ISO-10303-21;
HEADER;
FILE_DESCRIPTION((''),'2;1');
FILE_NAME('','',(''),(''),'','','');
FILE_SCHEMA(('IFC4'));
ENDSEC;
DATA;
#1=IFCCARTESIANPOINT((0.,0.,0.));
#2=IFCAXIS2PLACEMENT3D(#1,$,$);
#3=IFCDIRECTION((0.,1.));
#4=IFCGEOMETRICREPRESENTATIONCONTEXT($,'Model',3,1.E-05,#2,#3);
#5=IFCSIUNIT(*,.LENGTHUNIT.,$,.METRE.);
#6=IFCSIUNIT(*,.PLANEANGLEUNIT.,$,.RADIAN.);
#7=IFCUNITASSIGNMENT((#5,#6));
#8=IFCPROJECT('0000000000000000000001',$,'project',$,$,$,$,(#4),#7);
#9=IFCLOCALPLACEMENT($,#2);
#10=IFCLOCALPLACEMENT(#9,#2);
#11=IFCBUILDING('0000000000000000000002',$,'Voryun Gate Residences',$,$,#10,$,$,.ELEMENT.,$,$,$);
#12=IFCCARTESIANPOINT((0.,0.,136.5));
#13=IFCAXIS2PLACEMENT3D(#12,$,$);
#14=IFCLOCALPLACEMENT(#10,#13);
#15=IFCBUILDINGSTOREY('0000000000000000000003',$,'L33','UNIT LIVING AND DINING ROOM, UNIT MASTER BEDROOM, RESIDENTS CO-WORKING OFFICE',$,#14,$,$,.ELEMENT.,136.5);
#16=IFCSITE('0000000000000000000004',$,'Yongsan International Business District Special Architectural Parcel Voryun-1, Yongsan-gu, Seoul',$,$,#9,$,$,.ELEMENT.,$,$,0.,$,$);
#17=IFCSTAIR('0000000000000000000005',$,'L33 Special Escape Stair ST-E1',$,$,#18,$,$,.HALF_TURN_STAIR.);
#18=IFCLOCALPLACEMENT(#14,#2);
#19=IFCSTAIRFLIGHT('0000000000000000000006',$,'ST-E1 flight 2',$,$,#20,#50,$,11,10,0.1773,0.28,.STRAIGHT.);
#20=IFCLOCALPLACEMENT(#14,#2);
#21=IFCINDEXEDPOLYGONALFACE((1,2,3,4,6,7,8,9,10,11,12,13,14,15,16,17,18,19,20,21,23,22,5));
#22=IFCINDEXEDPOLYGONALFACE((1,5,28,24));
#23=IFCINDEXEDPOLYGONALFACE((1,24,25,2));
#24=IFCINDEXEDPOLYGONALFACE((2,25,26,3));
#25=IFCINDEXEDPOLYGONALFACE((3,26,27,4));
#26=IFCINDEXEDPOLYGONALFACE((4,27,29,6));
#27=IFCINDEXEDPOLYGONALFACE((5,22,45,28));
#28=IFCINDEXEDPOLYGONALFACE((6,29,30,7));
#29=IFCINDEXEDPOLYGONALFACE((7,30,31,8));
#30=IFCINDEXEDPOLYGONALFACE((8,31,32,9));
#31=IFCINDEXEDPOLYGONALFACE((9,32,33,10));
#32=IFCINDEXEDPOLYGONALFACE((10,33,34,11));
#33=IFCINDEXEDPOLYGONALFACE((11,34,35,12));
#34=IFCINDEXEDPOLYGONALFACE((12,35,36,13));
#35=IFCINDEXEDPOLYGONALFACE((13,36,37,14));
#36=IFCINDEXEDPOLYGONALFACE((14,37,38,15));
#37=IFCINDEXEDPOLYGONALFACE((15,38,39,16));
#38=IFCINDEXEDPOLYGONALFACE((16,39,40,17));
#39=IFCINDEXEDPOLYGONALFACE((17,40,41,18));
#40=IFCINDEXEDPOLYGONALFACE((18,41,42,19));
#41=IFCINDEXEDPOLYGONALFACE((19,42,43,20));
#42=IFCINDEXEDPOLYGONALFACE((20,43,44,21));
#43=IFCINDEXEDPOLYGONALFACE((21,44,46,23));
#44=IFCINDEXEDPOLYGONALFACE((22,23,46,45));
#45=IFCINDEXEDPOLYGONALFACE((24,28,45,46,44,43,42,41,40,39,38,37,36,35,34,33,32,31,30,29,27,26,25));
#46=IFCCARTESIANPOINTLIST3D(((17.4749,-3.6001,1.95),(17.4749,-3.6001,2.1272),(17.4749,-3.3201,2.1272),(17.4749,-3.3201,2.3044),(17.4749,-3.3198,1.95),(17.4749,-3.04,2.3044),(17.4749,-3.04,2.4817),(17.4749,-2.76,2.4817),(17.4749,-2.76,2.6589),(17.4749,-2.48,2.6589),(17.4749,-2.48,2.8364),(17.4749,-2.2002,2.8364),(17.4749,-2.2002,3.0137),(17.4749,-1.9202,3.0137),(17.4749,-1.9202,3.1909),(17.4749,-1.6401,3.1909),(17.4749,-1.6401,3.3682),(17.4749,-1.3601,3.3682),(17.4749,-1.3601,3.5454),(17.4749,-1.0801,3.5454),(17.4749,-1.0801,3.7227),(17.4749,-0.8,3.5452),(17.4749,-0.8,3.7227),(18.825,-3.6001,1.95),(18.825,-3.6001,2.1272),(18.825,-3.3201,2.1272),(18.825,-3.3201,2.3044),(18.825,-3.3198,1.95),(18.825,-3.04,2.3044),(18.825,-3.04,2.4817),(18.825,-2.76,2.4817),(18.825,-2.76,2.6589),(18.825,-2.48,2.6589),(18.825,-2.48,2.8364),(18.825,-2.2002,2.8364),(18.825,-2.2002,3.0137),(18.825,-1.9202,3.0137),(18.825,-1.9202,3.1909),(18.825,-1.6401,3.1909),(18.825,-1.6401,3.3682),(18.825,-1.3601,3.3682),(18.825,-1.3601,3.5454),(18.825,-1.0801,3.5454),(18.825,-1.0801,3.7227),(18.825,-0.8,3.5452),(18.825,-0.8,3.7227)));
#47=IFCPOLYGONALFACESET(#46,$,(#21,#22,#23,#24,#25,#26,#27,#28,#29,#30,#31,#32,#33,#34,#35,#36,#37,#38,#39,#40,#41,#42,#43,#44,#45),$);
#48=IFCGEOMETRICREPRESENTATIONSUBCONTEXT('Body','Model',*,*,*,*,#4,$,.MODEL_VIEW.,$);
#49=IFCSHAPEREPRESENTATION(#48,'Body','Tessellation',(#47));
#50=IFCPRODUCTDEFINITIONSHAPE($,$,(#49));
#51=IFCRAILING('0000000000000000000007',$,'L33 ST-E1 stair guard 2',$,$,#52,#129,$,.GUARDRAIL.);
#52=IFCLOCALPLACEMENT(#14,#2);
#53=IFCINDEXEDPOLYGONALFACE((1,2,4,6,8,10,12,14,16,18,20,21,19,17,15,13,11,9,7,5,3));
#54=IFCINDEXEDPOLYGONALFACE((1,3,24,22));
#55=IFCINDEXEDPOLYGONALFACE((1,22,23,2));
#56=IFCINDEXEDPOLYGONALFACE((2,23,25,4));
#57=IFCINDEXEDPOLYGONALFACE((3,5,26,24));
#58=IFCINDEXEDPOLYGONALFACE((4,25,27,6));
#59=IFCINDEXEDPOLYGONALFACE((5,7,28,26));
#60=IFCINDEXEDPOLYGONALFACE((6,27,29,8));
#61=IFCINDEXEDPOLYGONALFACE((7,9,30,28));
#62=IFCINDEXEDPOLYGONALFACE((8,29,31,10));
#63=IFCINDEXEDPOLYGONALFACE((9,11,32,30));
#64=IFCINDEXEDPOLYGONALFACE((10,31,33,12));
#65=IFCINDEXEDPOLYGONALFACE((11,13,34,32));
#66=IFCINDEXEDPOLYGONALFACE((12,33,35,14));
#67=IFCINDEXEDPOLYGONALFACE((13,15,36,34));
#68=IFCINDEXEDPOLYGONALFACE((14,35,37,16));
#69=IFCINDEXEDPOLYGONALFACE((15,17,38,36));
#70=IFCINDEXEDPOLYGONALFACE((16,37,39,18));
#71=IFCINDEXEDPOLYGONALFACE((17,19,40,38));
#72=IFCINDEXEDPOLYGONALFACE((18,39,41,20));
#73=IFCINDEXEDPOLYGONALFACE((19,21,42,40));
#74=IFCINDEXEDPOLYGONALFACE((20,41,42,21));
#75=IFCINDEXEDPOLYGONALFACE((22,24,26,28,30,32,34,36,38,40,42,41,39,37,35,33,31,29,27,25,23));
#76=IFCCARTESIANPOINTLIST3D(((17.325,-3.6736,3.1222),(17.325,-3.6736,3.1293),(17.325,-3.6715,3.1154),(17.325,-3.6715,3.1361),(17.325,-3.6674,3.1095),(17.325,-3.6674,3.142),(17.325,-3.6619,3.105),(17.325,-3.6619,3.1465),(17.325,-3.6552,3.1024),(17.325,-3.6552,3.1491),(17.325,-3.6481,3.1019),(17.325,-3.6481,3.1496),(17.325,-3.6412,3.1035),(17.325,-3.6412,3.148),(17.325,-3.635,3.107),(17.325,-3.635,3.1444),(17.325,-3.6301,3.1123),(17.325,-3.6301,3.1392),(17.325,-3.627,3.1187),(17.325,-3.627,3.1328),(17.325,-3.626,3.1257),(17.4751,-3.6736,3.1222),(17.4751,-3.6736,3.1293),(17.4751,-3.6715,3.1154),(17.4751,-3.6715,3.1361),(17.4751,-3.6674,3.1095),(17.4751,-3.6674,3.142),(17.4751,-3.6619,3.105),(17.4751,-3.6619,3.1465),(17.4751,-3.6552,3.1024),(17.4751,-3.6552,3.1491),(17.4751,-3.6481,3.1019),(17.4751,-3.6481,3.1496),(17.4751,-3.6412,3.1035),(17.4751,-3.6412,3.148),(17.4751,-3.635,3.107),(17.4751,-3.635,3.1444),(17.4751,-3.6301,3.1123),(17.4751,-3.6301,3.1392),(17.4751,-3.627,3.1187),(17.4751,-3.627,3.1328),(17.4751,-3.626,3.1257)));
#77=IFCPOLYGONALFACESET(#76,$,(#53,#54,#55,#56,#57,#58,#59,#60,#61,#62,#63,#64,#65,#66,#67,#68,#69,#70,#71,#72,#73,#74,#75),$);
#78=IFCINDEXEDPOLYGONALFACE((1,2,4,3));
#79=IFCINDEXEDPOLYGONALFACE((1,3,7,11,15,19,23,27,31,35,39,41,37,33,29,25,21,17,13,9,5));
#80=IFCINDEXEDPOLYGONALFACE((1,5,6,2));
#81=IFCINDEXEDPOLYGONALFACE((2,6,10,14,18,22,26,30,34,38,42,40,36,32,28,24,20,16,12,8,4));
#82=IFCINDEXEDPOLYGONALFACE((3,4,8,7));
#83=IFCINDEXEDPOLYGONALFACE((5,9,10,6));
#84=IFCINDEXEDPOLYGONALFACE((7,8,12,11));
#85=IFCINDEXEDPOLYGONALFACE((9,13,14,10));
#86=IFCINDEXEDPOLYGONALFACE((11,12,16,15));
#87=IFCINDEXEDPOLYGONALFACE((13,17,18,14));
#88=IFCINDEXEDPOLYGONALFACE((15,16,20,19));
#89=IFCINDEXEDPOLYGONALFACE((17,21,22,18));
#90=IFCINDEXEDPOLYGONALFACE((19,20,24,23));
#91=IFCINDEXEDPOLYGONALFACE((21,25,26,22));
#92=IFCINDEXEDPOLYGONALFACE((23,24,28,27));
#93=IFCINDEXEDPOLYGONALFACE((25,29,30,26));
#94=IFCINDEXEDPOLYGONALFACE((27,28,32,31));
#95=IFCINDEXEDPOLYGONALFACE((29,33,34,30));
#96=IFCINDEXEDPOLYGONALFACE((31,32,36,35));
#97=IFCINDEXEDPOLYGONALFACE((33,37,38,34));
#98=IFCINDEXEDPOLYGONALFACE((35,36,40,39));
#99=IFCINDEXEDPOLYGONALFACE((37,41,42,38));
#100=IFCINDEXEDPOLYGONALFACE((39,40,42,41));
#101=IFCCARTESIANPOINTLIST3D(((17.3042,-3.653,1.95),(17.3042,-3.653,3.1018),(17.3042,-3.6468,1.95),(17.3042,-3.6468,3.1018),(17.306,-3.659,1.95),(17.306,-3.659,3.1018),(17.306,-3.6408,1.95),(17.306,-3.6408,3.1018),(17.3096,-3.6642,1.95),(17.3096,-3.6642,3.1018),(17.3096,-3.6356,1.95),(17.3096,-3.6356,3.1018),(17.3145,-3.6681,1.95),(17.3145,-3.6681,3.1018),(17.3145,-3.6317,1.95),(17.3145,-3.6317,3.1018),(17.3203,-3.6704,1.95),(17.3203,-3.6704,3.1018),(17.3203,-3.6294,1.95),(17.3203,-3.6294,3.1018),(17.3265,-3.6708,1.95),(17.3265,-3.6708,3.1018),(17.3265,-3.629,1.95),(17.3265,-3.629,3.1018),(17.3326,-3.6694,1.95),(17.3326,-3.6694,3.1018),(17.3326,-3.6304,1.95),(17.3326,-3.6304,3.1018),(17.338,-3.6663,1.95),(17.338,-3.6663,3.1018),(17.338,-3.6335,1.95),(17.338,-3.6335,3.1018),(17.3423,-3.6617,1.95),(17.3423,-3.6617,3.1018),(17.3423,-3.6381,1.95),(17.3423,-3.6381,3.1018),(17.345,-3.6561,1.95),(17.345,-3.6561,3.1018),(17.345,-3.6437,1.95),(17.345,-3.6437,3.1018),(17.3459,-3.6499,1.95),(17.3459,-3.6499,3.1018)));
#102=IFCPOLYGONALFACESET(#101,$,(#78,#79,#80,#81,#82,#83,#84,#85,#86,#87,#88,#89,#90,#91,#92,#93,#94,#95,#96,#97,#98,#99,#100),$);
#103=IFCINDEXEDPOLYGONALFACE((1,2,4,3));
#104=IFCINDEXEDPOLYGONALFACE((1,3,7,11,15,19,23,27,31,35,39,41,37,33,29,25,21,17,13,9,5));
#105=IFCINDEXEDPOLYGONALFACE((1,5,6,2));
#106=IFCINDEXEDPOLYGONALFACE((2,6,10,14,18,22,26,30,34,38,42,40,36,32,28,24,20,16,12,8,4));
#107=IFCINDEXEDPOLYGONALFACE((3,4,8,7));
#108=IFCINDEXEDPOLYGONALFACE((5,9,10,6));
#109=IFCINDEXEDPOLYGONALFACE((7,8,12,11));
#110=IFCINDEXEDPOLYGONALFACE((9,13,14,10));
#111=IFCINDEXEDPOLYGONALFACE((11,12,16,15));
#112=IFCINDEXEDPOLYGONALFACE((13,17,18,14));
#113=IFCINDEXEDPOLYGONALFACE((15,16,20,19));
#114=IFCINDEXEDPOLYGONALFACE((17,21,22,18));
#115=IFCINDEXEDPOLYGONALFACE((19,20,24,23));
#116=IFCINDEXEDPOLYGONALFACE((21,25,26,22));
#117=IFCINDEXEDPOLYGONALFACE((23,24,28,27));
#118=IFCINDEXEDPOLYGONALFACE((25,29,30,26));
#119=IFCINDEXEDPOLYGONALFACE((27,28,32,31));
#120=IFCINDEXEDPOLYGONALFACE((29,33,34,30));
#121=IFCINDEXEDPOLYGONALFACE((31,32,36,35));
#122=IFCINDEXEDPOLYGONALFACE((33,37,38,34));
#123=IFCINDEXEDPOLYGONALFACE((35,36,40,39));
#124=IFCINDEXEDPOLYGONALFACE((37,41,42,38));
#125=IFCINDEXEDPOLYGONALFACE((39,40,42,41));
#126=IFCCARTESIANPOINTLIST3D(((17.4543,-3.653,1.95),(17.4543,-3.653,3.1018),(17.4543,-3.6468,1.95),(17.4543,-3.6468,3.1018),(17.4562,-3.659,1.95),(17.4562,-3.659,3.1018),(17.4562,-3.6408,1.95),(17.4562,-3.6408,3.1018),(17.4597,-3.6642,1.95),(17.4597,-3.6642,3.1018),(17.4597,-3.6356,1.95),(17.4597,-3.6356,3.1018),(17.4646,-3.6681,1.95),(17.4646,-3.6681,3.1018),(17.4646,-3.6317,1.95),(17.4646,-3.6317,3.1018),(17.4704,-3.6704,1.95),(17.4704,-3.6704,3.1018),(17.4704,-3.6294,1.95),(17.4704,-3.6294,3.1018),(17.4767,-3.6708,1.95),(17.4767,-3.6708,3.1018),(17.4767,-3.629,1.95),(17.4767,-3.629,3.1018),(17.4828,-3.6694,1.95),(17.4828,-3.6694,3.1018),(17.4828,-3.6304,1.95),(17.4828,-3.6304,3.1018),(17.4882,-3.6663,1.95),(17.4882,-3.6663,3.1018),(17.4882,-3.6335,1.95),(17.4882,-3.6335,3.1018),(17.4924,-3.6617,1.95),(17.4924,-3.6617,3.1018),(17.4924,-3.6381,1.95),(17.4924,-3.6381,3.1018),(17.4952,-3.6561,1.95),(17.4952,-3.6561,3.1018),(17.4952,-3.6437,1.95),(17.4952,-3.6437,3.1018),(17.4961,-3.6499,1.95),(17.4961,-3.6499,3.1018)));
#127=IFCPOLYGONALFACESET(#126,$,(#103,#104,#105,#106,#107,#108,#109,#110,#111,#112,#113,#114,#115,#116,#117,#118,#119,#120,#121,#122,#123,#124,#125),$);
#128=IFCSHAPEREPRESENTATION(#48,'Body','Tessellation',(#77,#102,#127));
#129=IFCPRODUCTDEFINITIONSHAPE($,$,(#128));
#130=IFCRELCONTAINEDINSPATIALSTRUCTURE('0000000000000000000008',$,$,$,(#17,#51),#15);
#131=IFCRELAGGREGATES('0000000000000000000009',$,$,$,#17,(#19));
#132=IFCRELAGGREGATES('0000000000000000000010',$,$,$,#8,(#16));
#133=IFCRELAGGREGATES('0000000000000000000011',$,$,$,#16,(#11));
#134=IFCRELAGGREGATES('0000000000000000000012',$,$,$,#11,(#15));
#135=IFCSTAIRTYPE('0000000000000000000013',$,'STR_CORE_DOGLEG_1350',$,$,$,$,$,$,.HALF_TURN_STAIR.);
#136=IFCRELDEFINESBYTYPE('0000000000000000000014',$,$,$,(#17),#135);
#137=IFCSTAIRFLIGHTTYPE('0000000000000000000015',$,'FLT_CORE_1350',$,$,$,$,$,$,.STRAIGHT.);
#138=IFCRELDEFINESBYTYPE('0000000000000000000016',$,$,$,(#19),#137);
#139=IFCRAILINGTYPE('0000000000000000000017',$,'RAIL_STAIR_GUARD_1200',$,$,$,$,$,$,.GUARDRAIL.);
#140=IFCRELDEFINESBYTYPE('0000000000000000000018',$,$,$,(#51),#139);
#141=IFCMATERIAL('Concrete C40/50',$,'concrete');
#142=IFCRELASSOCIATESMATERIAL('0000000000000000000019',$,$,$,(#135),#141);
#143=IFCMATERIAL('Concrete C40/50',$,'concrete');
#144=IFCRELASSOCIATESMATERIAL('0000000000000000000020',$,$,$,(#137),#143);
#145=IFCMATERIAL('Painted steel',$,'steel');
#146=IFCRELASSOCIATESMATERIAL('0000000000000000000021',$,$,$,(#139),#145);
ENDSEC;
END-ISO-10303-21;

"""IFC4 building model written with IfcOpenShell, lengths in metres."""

from ifc_helpers import new_model, si_unit, direction, frame, origin, origin_2d, place, context, subcontext, project, spatial, polyline, circle, outline, extrude, material, type_object, element, aggregate, save


model = new_model("IFC4")

# Units and contexts
model_context = context("Model", 3, precision=1e-05, world=origin(), true_north=direction((0.0, 1.0)))
body_context = subcontext(model_context, "Body", "Model", "MODEL_VIEW")
ifc_project = project(units=[si_unit("LENGTHUNIT", "METRE"), si_unit("PLANEANGLEUNIT", "RADIAN")], contexts=[model_context])

# Site, building, storey
site_placement = place(None, origin())
site = spatial("IfcSite", under=ifc_project, at=site_placement, Name="Yongsan International Business District Special Architectural Parcel Voryun-1, Yongsan-gu, Seoul", CompositionType="ELEMENT", RefElevation=0.0)
building_placement = place(site_placement, origin())
building = spatial("IfcBuilding", under=site, at=building_placement, Name="Voryun Gate Residences", CompositionType="ELEMENT")
storey_placement = place(building_placement, frame((0.0, 0.0, 136.5)))
storey = spatial("IfcBuildingStorey", under=building, at=storey_placement, Name="L33", Description="UNIT LIVING AND DINING ROOM, UNIT MASTER BEDROOM, RESIDENTS CO-WORKING OFFICE", CompositionType="ELEMENT", Elevation=136.5)

# Stair, stair flight
ifc_material_1 = material(Name="Concrete C40/50", Category="concrete")
stair_type = type_object("IfcStairType", Name="STR_CORE_DOGLEG_1350", PredefinedType="HALF_TURN_STAIR", material=ifc_material_1)
stair_placement = place(storey_placement, origin())
stair = element("IfcStair", 1, at=stair_placement, inside=storey, type_object=stair_type, Name="L33 Special Escape Stair ST-E1", PredefinedType="HALF_TURN_STAIR")
ifc_material_2 = material(Name="Concrete C40/50", Category="concrete")
stair_flight_type = type_object("IfcStairFlightType", Name="FLT_CORE_1350", PredefinedType="STRAIGHT", material=ifc_material_2)
stair_flight_placement = place(storey_placement, frame((18.1499, -3.6001, 1.95), z_axis=(0.0, 0.0, 1.0), x_axis=(0.0, 1.0, 0.0)))
stair_flight = element("IfcStairFlight", 2, at=stair_flight_placement, type_object=stair_flight_type, Name="ST-E1 flight 2", NumberOfRisers=11, NumberOfTreads=10, PredefinedType="STRAIGHT", RiserHeight=0.1773, TreadLength=0.28, context=body_context, shape_type="SweptSolid", body=[
    extrude(outline(polyline([(0.0, 0.0), (0.0, 0.1772), (0.28, 0.1772), (0.28, 0.3545), (0.5601, 0.3545), (0.5601, 0.5317), (0.8401, 0.5317), (0.8401, 0.709), (1.1201, 0.709), (1.1201, 0.8865), (1.3999, 0.8865), (1.3999, 1.0637), (1.6799, 1.0637), (1.6799, 1.241), (1.96, 1.241), (1.96, 1.4182), (2.24, 1.4182), (2.24, 1.5955), (2.52, 1.5955), (2.52, 1.7727), (2.8, 1.7727), (2.8, 1.95), (2.8, 1.5952), (0.2803, 0.0), (0.0, 0.0)])), frame((0.0, 0.675, 0.0), z_axis=(0.0, -1.0, 0.0), x_axis=(1.0, 0.0, 0.0)), (0.0, 0.0, 1.0), 1.3501),
])
aggregate(stair, [stair_flight])

# Railing
ifc_material_3 = material(Name="Painted steel", Category="steel")
railing_type_1 = type_object("IfcRailingType", Name="RAIL_STAIR_GUARD_1200", PredefinedType="GUARDRAIL", material=ifc_material_3)
railing_1_placement = place(storey_placement, frame((17.325, -3.6499, 1.95)))
element("IfcRailing", 3, at=railing_1_placement, inside=storey, type_object=railing_type_1, Name="L33 ST-E1 stair guard 2", PredefinedType="GUARDRAIL", context=body_context, shape_type="SweptSolid", body=[
    extrude(circle(Radius=0.0239, at=origin_2d()), frame((0.0, 0.0, 1.1758), z_axis=(1.0, 0.0, 0.0), x_axis=(0.0, 1.0, 0.0)), (0.0, 0.0, 1.0), 0.1501),
    extrude(circle(Radius=0.021, at=origin_2d()), origin(), (0.0, 0.0, 1.0), 1.1519),
    extrude(circle(Radius=0.021, at=origin_2d()), frame((0.1501, 0.0, 0.0)), (0.0, 0.0, 1.0), 1.1519),
])

save(model, "model.ifc")
